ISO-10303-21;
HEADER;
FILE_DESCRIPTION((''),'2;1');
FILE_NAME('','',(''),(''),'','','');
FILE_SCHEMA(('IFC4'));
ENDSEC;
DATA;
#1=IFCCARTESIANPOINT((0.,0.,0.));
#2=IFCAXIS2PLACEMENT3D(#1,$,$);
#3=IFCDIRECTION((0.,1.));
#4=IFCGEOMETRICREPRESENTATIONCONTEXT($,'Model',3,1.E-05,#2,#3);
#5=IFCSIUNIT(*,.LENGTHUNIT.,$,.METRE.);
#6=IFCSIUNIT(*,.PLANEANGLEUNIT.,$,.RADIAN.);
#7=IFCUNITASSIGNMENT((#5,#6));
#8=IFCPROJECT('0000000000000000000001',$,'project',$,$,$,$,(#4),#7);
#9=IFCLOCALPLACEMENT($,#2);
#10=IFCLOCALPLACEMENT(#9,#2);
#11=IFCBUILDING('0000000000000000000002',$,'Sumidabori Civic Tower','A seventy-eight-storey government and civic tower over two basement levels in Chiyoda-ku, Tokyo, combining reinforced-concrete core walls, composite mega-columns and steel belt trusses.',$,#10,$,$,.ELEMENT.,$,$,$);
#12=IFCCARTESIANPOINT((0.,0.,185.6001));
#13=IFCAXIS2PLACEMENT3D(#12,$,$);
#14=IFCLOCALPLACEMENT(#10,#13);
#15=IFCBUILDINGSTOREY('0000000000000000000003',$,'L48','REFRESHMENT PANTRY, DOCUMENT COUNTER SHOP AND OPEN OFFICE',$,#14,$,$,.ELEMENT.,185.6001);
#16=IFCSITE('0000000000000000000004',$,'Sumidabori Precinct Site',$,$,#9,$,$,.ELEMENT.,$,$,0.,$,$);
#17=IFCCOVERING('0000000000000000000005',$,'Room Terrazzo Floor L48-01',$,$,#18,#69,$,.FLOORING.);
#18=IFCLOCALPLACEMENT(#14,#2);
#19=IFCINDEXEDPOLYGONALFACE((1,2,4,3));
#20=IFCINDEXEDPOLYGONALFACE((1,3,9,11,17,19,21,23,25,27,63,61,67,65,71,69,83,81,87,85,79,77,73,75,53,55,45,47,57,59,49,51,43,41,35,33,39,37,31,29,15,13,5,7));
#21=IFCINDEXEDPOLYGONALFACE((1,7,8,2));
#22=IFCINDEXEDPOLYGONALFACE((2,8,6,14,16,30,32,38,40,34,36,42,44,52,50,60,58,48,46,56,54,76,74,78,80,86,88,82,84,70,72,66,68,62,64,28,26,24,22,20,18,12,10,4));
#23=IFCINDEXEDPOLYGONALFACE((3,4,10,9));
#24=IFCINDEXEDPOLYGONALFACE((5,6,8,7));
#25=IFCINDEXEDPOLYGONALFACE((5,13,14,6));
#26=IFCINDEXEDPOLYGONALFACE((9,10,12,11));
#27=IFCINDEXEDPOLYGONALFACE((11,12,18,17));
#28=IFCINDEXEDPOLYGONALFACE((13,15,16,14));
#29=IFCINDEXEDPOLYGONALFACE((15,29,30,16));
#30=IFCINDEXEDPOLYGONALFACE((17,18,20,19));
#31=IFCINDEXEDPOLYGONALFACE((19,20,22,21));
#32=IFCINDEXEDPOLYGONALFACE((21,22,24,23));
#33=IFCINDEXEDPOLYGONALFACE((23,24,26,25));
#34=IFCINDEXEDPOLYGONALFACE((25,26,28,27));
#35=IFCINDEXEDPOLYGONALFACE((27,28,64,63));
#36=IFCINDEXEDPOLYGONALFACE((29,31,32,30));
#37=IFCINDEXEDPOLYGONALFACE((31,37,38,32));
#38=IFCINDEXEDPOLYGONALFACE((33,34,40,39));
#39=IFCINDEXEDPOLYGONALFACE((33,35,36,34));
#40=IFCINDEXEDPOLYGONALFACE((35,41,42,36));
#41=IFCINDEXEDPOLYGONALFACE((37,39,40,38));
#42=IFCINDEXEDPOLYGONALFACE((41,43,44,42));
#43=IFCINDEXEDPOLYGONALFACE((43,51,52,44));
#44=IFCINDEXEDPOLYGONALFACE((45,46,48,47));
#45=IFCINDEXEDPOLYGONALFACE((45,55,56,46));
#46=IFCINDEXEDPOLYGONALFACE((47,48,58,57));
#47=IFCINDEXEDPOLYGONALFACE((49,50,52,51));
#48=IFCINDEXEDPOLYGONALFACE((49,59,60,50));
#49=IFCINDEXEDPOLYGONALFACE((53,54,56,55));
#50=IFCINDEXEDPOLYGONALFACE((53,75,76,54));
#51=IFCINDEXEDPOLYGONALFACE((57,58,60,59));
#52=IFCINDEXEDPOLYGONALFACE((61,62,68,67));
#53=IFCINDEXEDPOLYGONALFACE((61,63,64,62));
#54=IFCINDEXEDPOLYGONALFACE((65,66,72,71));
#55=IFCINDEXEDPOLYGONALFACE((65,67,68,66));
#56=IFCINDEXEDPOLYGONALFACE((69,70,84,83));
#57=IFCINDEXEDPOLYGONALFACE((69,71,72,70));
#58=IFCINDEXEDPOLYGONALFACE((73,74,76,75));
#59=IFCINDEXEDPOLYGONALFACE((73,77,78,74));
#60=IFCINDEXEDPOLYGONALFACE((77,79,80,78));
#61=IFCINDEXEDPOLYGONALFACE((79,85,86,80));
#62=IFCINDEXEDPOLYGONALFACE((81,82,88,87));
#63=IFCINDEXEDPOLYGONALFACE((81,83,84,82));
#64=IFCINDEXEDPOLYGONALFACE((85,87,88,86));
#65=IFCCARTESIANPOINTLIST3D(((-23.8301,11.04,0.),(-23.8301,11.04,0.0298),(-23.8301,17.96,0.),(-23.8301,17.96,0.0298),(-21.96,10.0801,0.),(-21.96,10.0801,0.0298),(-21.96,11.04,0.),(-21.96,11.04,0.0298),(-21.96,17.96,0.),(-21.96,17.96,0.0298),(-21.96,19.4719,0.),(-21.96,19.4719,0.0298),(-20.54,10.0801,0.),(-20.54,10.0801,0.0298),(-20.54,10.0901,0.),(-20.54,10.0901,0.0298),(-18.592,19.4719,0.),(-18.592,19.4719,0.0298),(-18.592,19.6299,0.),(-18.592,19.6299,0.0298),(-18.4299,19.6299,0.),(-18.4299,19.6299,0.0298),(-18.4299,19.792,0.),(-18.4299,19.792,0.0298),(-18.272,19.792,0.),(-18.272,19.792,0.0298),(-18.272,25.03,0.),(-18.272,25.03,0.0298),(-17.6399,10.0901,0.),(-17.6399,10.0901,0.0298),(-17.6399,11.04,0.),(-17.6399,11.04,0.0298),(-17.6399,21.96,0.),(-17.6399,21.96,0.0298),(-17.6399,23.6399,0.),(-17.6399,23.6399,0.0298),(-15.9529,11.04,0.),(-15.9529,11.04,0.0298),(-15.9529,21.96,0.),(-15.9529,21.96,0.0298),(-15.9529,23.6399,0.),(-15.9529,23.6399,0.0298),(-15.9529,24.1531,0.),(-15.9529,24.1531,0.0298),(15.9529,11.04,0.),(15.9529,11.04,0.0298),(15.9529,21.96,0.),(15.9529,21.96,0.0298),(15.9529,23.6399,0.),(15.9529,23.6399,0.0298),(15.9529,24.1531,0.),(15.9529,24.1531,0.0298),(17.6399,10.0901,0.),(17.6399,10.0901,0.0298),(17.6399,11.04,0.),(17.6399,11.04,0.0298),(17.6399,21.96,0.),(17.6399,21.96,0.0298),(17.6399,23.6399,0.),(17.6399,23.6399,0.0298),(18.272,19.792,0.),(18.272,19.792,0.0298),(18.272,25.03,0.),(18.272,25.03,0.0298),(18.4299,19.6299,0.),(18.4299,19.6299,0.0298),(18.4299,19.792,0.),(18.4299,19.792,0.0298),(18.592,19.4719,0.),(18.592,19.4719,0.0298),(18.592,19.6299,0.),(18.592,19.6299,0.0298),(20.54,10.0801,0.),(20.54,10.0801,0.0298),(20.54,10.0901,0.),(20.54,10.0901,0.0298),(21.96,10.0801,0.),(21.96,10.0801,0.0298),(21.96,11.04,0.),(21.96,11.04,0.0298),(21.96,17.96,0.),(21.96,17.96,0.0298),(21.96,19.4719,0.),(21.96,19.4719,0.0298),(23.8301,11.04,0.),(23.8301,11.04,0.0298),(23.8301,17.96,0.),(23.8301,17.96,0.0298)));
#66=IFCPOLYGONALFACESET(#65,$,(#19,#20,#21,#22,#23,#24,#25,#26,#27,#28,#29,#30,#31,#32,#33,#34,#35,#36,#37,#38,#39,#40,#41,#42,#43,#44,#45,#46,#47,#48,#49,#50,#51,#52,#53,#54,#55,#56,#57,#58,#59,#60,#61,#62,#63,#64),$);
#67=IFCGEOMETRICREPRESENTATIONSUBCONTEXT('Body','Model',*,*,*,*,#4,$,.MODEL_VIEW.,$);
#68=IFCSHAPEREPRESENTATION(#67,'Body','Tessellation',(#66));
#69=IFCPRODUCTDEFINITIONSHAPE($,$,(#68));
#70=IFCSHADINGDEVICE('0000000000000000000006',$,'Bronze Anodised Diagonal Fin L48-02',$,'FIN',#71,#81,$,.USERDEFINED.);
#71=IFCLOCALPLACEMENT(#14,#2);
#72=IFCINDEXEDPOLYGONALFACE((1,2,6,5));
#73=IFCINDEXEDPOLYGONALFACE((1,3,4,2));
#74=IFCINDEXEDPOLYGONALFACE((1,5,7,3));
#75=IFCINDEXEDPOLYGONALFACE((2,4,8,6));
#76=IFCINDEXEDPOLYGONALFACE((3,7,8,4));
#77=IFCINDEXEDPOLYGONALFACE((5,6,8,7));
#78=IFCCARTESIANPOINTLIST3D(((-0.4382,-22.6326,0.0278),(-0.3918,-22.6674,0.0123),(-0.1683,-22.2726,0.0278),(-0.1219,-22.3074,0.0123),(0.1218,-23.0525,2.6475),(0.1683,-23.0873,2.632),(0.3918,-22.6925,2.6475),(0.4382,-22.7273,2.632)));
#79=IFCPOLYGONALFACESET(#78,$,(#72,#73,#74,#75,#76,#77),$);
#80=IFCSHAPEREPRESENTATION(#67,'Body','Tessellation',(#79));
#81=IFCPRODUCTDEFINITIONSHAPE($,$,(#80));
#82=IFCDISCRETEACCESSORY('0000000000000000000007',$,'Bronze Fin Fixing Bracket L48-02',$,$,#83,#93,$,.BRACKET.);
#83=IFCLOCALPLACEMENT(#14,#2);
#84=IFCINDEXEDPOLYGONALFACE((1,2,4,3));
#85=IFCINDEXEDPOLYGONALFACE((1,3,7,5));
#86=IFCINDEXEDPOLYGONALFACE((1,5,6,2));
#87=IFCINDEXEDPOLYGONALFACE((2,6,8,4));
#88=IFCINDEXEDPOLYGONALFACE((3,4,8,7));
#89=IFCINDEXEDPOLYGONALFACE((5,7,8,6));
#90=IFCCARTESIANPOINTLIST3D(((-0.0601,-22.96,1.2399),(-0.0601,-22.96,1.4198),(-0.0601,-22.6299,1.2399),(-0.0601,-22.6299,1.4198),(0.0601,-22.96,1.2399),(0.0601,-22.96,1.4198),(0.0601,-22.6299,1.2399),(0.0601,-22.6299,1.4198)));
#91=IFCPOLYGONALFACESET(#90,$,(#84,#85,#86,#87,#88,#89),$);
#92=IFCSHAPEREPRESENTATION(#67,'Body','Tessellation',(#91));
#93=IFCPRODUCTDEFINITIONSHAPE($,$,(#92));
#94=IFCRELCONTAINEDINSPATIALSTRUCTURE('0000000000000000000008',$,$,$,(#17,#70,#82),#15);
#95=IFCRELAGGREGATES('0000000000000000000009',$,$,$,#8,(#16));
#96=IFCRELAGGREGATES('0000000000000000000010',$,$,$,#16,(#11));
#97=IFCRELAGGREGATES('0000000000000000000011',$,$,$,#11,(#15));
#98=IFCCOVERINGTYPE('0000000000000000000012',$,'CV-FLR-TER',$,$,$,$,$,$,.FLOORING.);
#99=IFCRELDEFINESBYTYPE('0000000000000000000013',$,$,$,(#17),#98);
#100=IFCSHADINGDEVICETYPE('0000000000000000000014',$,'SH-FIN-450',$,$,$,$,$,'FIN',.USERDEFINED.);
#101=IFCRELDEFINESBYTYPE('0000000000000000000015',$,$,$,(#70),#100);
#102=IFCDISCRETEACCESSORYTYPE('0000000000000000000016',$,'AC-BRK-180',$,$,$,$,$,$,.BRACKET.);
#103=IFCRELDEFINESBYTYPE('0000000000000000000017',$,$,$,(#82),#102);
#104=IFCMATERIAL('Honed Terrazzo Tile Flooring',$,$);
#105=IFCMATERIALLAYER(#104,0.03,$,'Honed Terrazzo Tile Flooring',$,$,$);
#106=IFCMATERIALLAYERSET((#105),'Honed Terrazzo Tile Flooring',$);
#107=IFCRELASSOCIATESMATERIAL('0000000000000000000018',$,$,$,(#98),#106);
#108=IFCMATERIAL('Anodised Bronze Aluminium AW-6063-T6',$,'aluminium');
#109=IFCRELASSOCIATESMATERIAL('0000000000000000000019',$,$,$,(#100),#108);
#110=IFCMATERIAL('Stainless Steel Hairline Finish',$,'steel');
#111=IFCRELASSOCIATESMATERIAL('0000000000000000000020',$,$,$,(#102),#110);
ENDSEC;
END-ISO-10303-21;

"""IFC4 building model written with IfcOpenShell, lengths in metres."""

from ifc_helpers import new_model, si_unit, direction, frame, origin, origin_2d, place, context, subcontext, project, spatial, polyline, rectangle, outline, extrude, source, transform, mapped, material, layer, layer_set, material_profile, profile_set, type_object, element, save


model = new_model("IFC4")

# Units and contexts
model_context = context("Model", 3, precision=1e-05, world=origin(), true_north=direction((0.0, 1.0)))
body_context = subcontext(model_context, "Body", "Model", "MODEL_VIEW")
ifc_project = project(units=[si_unit("LENGTHUNIT", "METRE"), si_unit("PLANEANGLEUNIT", "RADIAN")], contexts=[model_context])

# Site, building, storey
site_placement = place(None, origin())
site = spatial("IfcSite", under=ifc_project, at=site_placement, Name="Sumidabori Precinct Site", CompositionType="ELEMENT", RefElevation=0.0)
building_placement = place(site_placement, origin())
building = spatial("IfcBuilding", under=site, at=building_placement, Name="Sumidabori Civic Tower", Description="A seventy-eight-storey government and civic tower over two basement levels in Chiyoda-ku, Tokyo, combining reinforced-concrete core walls, composite mega-columns and steel belt trusses.", CompositionType="ELEMENT")
storey_placement = place(building_placement, frame((0.0, 0.0, 185.6001)))
storey = spatial("IfcBuildingStorey", under=building, at=storey_placement, Name="L48", Description="REFRESHMENT PANTRY, DOCUMENT COUNTER SHOP AND OPEN OFFICE", CompositionType="ELEMENT", Elevation=185.6001)

# Shared definitions
ifc_material_1 = material(Name="Anodised Bronze Aluminium AW-6063-T6", Category="aluminium")

# Covering
ifc_material_2 = material(Name="Honed Terrazzo Tile Flooring")
ifc_layer_1 = layer(ifc_material_2, 0.03, Name="Honed Terrazzo Tile Flooring")
ifc_layer_set_1 = layer_set([ifc_layer_1], Name="Honed Terrazzo Tile Flooring")
covering_type_1 = type_object("IfcCoveringType", Name="CV-FLR-TER", PredefinedType="FLOORING", material=ifc_layer_set_1)
covering_1_placement = place(storey_placement, origin())
element("IfcCovering", 1, at=covering_1_placement, inside=storey, type_object=covering_type_1, Name="Room Terrazzo Floor L48-01", PredefinedType="FLOORING", context=body_context, shape_type="SweptSolid", body=[
    extrude(outline(polyline([(-23.8301, 17.96), (-21.96, 17.96), (-21.96, 19.4719), (-18.592, 19.4719), (-18.592, 19.6299), (-18.4299, 19.6299), (-18.4299, 19.792), (-18.272, 19.792), (-18.272, 25.03), (18.272, 25.03), (18.272, 19.792), (18.4299, 19.792), (18.4299, 19.6299), (18.592, 19.6299), (18.592, 19.4719), (21.96, 19.4719), (21.96, 17.96), (23.8301, 17.96), (23.8301, 11.04), (21.96, 11.04), (21.96, 10.0801), (20.54, 10.0801), (20.54, 10.0901), (17.6399, 10.0901), (17.6399, 11.04), (15.9529, 11.04), (15.9529, 21.96), (17.6399, 21.96), (17.6399, 23.6399), (15.9529, 23.6399), (15.9529, 24.1531), (-15.9529, 24.1531), (-15.9529, 23.6399), (-17.6399, 23.6399), (-17.6399, 21.96), (-15.9529, 21.96), (-15.9529, 11.04), (-17.6399, 11.04), (-17.6399, 10.0901), (-20.54, 10.0901), (-20.54, 10.0801), (-21.96, 10.0801), (-21.96, 11.04), (-23.8301, 11.04), (-23.8301, 17.96)])), origin(), (0.0, 0.0, 1.0), 0.0298),
])

# Shading device
ifc_material_profile_1 = material_profile(ifc_material_1, rectangle(XDim=0.0601, YDim=0.45, at=origin_2d()), Name="BRONZE FIN 450x60")
ifc_profile_set_1 = profile_set([ifc_material_profile_1], Name="Anodised Bronze Aluminium AW-6063-T6")
shading_device_type = type_object("IfcShadingDeviceType", Name="SH-FIN-450", ElementType="FIN", PredefinedType="USERDEFINED", material=ifc_profile_set_1)
shared_shape_1 = source(origin(), body_context, "Body", "SweptSolid", [
    extrude(rectangle(XDim=0.0601, YDim=0.45, at=origin_2d()), origin(), (0.0, 0.0, 1.0), 2.7117),
])
shading_device_placement = place(storey_placement, frame((-0.28, -22.47, 0.02), z_axis=(0.206528, -0.154851, 0.966109), x_axis=(0.772968, -0.579558, -0.258133)))
element("IfcShadingDevice", 2, at=shading_device_placement, inside=storey, type_object=shading_device_type, Name="Bronze Anodised Diagonal Fin L48-02", ObjectType="FIN", PredefinedType="USERDEFINED", context=body_context, shape_type="MappedRepresentation", body=[
    mapped(shared_shape_1, transform((0.0, 0.0, 0.0), x_axis=(1.0, 0.0, 0.0), y_axis=(0.0, 1.0, 0.0), z_axis=(0.0, 0.0, 1.0), scale=1.0)),
])

# Discrete accessory
ifc_material_3 = material(Name="Stainless Steel Hairline Finish", Category="steel")
ifc_material_profile_2 = material_profile(ifc_material_3, rectangle(XDim=0.1201, YDim=0.1799, at=origin_2d()), Name="STEEL BRACKET 180x120")
ifc_profile_set_2 = profile_set([ifc_material_profile_2], Name="Stainless Steel Hairline Finish")
discrete_accessory_type = type_object("IfcDiscreteAccessoryType", Name="AC-BRK-180", PredefinedType="BRACKET", material=ifc_profile_set_2)
shared_shape_2 = source(origin(), body_context, "Body", "SweptSolid", [
    extrude(rectangle(XDim=0.1201, YDim=0.1799, at=origin_2d()), origin(), (0.0, 0.0, 1.0), 0.3301),
])
discrete_accessory_placement = place(storey_placement, frame((0.0, -22.6299, 1.3298), z_axis=(0.0, -1.0, 0.0), x_axis=(1.0, 0.0, 0.0)))
element("IfcDiscreteAccessory", 3, at=discrete_accessory_placement, inside=storey, type_object=discrete_accessory_type, Name="Bronze Fin Fixing Bracket L48-02", PredefinedType="BRACKET", context=body_context, shape_type="MappedRepresentation", body=[
    mapped(shared_shape_2, transform((0.0, 0.0, 0.0), x_axis=(1.0, 0.0, 0.0), y_axis=(0.0, 1.0, 0.0), z_axis=(0.0, 0.0, 1.0), scale=1.0)),
])

save(model, "model.ifc")
